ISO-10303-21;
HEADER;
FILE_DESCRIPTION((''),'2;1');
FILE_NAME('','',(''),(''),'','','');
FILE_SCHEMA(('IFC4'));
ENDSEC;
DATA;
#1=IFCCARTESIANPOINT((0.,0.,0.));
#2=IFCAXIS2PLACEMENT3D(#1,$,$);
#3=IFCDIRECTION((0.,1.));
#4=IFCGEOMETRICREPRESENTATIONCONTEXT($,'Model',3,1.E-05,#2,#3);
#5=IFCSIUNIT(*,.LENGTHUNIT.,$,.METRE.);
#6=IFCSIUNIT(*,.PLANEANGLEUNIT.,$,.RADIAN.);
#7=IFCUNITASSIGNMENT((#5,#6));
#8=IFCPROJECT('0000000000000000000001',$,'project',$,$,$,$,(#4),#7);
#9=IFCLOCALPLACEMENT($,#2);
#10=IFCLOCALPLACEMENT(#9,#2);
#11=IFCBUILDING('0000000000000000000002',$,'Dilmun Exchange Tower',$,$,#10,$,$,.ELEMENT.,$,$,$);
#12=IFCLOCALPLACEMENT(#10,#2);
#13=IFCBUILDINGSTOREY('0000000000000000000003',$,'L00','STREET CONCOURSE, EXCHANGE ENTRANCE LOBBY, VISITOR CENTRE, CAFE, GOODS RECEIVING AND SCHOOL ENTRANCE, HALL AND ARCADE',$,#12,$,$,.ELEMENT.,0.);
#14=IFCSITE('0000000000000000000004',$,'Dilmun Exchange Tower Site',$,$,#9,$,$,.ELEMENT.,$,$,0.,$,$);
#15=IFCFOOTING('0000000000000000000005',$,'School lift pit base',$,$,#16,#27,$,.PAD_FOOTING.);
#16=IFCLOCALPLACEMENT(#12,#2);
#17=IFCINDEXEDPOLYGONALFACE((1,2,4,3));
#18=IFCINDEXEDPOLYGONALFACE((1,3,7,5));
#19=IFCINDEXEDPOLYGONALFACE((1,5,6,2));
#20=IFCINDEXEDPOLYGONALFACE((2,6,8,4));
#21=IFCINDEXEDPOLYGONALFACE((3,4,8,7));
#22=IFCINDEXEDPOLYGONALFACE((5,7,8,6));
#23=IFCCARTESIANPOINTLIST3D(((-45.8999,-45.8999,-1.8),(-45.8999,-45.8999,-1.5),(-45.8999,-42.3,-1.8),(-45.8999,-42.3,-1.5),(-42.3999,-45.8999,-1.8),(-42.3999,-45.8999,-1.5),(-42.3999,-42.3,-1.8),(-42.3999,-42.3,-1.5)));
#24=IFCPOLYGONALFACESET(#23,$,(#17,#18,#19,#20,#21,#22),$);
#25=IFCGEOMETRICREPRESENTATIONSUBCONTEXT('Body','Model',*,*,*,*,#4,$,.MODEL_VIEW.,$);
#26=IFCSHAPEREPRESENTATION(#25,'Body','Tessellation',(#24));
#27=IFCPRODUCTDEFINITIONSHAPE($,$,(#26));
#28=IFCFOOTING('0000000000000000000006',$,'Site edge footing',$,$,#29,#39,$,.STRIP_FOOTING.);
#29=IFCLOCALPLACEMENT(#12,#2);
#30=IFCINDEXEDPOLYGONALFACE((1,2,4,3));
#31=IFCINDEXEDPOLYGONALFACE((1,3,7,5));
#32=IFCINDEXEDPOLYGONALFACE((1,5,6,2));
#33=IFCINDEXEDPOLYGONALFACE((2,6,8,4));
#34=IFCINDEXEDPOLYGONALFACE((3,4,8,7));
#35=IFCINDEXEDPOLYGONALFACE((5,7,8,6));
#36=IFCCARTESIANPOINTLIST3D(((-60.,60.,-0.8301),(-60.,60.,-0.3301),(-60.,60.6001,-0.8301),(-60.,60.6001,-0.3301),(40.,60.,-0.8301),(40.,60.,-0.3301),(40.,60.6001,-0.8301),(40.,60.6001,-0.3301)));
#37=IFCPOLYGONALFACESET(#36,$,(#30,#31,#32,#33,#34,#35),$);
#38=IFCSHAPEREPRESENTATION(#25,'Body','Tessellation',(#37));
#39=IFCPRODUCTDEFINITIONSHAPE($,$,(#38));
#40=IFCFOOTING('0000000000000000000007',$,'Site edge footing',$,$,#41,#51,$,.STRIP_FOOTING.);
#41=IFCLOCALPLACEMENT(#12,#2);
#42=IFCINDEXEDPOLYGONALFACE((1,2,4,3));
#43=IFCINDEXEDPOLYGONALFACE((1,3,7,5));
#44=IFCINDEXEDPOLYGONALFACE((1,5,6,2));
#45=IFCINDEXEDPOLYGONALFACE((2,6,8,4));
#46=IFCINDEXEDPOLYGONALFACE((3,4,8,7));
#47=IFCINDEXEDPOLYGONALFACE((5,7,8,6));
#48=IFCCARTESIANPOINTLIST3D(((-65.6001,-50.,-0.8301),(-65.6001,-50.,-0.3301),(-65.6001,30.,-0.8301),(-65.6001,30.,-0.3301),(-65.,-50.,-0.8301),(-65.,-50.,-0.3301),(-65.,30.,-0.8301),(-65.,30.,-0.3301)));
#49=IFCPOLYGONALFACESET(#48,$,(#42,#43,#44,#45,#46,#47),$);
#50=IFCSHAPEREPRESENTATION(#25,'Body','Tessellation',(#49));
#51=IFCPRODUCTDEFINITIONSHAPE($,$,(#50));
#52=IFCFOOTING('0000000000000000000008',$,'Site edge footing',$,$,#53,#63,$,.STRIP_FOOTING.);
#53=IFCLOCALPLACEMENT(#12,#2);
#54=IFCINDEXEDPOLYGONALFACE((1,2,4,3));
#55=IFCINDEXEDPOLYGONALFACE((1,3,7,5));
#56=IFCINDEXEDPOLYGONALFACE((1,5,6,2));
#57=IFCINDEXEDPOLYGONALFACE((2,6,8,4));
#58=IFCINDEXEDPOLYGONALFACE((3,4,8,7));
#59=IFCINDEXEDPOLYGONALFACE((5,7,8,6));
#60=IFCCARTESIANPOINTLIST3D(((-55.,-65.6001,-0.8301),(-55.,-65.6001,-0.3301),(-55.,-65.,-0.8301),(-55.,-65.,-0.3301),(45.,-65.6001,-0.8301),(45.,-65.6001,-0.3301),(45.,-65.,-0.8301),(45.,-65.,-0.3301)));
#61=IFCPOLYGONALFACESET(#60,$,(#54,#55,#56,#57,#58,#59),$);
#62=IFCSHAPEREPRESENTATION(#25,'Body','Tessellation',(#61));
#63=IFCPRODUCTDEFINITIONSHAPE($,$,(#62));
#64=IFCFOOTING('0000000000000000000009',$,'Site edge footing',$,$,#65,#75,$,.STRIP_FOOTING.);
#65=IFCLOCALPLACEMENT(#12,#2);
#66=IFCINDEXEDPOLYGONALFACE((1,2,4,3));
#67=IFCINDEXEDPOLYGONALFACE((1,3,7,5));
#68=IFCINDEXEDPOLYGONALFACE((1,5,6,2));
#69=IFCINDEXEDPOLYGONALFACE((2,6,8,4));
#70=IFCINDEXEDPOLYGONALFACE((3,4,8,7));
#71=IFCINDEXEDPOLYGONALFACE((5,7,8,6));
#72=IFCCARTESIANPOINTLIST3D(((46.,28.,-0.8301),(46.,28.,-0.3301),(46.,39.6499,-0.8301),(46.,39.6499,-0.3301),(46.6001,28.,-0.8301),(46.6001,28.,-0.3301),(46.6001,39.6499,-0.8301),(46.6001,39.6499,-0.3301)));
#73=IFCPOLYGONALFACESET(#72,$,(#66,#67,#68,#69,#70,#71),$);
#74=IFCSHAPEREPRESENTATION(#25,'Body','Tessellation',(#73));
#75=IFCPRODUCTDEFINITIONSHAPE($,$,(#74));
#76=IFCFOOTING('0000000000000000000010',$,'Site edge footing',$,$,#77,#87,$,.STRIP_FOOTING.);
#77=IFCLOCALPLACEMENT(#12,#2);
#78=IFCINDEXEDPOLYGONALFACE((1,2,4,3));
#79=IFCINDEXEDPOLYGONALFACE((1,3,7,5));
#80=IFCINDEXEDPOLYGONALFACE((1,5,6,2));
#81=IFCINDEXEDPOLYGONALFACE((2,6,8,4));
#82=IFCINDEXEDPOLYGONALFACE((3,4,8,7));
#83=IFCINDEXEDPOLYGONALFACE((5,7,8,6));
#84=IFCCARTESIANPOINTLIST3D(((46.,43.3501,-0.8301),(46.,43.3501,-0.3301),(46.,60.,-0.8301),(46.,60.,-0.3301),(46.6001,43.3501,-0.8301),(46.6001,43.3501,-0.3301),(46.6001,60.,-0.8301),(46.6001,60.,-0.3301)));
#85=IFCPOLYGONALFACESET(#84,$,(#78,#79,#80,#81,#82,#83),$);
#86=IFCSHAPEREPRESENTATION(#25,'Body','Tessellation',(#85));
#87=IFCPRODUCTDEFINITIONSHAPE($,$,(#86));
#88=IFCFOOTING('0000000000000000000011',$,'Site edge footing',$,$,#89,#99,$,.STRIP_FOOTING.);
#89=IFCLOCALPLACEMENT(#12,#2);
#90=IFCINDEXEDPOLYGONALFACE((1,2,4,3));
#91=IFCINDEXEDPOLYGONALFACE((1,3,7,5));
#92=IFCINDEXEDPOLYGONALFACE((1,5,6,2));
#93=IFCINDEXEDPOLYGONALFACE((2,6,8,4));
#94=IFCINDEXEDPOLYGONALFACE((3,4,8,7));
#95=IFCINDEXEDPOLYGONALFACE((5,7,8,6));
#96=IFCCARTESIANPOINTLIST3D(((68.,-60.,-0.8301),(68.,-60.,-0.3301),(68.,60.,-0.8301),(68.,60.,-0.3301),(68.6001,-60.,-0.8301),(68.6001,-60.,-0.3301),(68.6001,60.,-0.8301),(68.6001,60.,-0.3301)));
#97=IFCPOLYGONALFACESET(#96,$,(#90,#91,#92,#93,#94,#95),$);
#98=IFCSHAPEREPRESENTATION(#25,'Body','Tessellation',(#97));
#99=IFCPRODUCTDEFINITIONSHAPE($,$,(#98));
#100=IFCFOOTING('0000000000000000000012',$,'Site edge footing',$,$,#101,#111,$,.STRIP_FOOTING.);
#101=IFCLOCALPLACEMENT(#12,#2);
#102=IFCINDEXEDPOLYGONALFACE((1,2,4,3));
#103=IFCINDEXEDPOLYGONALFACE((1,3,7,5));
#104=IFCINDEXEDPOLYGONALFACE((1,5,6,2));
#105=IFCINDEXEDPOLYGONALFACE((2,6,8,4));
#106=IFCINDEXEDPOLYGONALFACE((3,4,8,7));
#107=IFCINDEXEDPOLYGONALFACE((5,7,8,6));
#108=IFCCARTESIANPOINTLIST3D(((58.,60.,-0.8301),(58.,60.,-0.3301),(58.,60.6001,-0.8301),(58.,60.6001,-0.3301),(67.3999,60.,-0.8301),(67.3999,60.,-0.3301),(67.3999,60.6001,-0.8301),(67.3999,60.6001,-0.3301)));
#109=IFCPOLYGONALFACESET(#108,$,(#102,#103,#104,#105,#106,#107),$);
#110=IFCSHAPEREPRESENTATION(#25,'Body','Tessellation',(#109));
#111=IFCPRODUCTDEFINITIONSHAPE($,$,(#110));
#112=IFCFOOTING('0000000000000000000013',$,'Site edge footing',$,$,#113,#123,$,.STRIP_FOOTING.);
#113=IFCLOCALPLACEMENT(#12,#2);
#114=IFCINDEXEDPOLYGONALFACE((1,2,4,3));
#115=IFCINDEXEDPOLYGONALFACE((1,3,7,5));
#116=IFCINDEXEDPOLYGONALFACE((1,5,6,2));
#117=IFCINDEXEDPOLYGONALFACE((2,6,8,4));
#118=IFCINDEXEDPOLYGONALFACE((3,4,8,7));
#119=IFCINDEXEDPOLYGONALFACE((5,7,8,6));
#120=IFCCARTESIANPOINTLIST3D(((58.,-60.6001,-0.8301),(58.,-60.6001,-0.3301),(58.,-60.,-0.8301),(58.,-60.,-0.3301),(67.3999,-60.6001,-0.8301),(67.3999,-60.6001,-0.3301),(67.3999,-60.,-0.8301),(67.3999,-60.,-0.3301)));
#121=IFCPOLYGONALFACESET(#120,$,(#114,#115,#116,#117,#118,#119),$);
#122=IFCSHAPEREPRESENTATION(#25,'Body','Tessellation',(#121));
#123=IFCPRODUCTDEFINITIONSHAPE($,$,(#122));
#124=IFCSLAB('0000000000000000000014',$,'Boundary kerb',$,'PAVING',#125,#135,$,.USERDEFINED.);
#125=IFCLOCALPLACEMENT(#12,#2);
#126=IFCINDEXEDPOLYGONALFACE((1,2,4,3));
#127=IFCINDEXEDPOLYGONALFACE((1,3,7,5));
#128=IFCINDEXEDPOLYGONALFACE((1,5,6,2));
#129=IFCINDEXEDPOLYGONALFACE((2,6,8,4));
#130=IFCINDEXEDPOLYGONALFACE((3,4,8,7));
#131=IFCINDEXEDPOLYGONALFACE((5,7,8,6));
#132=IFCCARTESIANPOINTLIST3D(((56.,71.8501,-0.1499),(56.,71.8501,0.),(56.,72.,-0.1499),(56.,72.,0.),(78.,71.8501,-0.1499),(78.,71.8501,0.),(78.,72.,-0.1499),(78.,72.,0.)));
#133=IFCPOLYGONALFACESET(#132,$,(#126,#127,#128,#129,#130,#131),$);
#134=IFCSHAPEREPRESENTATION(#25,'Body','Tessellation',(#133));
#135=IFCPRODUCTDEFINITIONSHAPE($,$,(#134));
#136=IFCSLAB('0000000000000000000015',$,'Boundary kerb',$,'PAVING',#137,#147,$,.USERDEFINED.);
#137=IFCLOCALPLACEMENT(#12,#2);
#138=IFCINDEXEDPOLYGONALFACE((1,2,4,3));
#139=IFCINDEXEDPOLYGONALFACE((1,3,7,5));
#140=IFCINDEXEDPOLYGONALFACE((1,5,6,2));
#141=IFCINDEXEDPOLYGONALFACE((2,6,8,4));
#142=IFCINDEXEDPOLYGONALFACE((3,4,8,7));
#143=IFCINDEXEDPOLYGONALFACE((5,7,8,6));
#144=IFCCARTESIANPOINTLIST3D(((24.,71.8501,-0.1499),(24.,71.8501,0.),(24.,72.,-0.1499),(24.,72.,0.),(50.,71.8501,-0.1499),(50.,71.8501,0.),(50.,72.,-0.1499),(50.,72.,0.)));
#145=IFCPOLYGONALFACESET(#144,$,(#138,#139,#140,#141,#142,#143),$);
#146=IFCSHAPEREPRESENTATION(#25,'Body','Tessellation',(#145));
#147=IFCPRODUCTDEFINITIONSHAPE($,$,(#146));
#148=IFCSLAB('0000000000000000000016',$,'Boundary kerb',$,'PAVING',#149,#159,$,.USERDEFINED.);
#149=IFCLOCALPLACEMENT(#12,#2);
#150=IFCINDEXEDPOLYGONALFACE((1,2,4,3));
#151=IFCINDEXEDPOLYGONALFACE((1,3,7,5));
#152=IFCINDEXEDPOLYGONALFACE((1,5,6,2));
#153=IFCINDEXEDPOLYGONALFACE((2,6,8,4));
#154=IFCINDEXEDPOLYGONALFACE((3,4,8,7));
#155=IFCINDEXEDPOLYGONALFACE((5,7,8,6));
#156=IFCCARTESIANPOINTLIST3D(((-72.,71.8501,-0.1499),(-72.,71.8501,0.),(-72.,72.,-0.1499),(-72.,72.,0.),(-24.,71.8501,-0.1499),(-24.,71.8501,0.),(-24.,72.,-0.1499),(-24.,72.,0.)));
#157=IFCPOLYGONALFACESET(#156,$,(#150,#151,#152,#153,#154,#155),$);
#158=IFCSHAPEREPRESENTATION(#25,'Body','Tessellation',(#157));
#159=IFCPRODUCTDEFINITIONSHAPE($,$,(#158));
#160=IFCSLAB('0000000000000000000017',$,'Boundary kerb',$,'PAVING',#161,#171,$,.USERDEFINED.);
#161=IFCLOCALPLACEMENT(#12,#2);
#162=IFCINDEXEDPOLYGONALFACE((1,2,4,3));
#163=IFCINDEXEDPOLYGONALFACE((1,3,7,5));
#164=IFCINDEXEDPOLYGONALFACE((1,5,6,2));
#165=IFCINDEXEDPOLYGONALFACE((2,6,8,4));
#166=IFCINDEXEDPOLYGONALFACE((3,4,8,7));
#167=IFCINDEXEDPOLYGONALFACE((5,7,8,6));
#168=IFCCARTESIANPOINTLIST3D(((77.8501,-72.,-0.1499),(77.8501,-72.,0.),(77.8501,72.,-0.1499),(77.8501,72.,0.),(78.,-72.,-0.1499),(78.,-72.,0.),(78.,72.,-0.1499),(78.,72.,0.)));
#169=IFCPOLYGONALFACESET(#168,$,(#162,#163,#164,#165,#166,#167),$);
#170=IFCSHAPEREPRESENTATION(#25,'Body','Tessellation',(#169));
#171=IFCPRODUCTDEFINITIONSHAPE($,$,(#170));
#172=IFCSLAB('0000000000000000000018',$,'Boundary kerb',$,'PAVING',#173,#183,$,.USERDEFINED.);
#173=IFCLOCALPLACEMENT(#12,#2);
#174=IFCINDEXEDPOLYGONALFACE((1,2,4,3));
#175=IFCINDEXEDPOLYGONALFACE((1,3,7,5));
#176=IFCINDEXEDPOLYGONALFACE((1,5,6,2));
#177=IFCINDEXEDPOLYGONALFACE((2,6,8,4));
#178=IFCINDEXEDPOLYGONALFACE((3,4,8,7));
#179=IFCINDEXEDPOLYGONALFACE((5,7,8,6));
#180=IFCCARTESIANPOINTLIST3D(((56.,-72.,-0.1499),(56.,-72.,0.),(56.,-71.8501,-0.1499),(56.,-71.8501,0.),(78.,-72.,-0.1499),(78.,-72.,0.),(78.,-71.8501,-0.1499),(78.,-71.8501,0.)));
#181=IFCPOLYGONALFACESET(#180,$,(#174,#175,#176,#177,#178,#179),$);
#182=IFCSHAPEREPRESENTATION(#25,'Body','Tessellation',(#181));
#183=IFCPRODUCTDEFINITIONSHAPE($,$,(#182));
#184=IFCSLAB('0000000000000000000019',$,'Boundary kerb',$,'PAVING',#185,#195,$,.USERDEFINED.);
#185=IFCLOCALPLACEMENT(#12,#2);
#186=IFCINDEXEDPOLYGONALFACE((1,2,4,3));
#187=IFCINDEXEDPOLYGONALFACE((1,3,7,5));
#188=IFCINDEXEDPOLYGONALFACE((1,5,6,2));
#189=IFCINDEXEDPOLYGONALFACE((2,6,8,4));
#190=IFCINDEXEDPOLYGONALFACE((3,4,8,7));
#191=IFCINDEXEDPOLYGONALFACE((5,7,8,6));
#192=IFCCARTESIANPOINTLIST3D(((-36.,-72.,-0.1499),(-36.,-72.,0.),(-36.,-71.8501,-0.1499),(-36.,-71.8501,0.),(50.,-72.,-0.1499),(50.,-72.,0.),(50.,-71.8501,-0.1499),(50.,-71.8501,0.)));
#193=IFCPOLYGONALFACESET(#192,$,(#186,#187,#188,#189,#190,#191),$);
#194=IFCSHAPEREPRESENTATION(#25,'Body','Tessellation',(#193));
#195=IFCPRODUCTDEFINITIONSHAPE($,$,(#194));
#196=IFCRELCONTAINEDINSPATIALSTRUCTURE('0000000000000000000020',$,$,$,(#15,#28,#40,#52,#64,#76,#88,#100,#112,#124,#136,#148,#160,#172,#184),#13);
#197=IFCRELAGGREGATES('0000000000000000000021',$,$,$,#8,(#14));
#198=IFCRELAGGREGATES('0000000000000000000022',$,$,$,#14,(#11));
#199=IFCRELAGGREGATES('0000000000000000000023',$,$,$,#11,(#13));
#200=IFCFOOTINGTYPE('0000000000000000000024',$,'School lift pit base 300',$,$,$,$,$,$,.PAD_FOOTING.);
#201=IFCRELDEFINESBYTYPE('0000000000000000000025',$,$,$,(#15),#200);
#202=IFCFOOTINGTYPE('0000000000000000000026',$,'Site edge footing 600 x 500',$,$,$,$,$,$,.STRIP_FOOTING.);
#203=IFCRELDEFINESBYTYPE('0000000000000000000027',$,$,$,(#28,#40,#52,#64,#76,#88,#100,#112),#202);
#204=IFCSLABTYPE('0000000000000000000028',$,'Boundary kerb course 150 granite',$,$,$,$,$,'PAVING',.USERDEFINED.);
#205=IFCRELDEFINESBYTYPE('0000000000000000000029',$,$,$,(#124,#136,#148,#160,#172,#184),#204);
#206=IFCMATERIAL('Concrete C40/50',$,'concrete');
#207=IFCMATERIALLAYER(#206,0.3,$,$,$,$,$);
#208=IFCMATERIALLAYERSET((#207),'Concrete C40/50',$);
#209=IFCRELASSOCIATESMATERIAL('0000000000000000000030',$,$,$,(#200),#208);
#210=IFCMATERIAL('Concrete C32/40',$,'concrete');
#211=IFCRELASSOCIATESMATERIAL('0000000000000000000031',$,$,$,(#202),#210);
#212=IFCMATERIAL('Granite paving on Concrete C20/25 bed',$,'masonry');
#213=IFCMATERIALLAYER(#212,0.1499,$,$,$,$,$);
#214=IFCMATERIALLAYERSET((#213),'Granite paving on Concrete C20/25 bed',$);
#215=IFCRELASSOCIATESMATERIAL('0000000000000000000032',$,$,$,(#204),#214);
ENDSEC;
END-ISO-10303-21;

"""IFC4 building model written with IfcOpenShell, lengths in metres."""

from ifc_helpers import new_model, si_unit, direction, frame, origin, place, context, subcontext, project, spatial, polyline, outline, extrude, material, layer, layer_set, type_object, element, save


model = new_model("IFC4")

# Units and contexts
model_context = context("Model", 3, precision=1e-05, world=origin(), true_north=direction((0.0, 1.0)))
body_context = subcontext(model_context, "Body", "Model", "MODEL_VIEW")
ifc_project = project(units=[si_unit("LENGTHUNIT", "METRE"), si_unit("PLANEANGLEUNIT", "RADIAN")], contexts=[model_context])

# Site, building, storey
site_placement = place(None, origin())
site = spatial("IfcSite", under=ifc_project, at=site_placement, Name="Dilmun Exchange Tower Site", CompositionType="ELEMENT", RefElevation=0.0)
building_placement = place(site_placement, origin())
building = spatial("IfcBuilding", under=site, at=building_placement, Name="Dilmun Exchange Tower", CompositionType="ELEMENT")
storey_placement = place(building_placement, origin())
storey = spatial("IfcBuildingStorey", under=building, at=storey_placement, Name="L00", Description="STREET CONCOURSE, EXCHANGE ENTRANCE LOBBY, VISITOR CENTRE, CAFE, GOODS RECEIVING AND SCHOOL ENTRANCE, HALL AND ARCADE", CompositionType="ELEMENT", Elevation=0.0)

# Footings
ifc_material_1 = material(Name="Concrete C40/50", Category="concrete")
ifc_layer_1 = layer(ifc_material_1, 0.3)
ifc_layer_set_1 = layer_set([ifc_layer_1], Name="Concrete C40/50")
footing_type_1 = type_object("IfcFootingType", Name="School lift pit base 300", PredefinedType="PAD_FOOTING", material=ifc_layer_set_1)
footing_1_placement = place(storey_placement, frame((0.0, 0.0, -1.8)))
element("IfcFooting", 1, at=footing_1_placement, inside=storey, type_object=footing_type_1, Name="School lift pit base", PredefinedType="PAD_FOOTING", context=body_context, shape_type="SweptSolid", body=[
    extrude(outline(polyline([(-45.8999, -45.8999), (-45.8999, -42.3), (-42.3999, -42.3), (-42.3999, -45.8999), (-45.8999, -45.8999)])), origin(), (0.0, 0.0, 1.0), 0.3),
])
ifc_material_2 = material(Name="Concrete C32/40", Category="concrete")
footing_type_2 = type_object("IfcFootingType", Name="Site edge footing 600 x 500", PredefinedType="STRIP_FOOTING", material=ifc_material_2)
footing_2_placement = place(storey_placement, frame((0.0, 0.0, -0.8301)))
element("IfcFooting", 2, at=footing_2_placement, inside=storey, type_object=footing_type_2, Name="Site edge footing", PredefinedType="STRIP_FOOTING", context=body_context, shape_type="SweptSolid", body=[
    extrude(outline(polyline([(40.0, 60.6001), (40.0, 60.0), (-60.0, 60.0), (-60.0, 60.6001), (40.0, 60.6001)])), origin(), (0.0, 0.0, 1.0), 0.5),
])
footing_3_placement = place(storey_placement, frame((0.0, 0.0, -0.8301)))
element("IfcFooting", 3, at=footing_3_placement, inside=storey, type_object=footing_type_2, Name="Site edge footing", PredefinedType="STRIP_FOOTING", context=body_context, shape_type="SweptSolid", body=[
    extrude(outline(polyline([(-65.0, 30.0), (-65.0, -50.0), (-65.6001, -50.0), (-65.6001, 30.0), (-65.0, 30.0)])), origin(), (0.0, 0.0, 1.0), 0.5),
])
footing_4_placement = place(storey_placement, frame((0.0, 0.0, -0.8301)))
element("IfcFooting", 4, at=footing_4_placement, inside=storey, type_object=footing_type_2, Name="Site edge footing", PredefinedType="STRIP_FOOTING", context=body_context, shape_type="SweptSolid", body=[
    extrude(outline(polyline([(45.0, -65.0), (45.0, -65.6001), (-55.0, -65.6001), (-55.0, -65.0), (45.0, -65.0)])), origin(), (0.0, 0.0, 1.0), 0.5),
])
footing_5_placement = place(storey_placement, frame((0.0, 0.0, -0.8301)))
element("IfcFooting", 5, at=footing_5_placement, inside=storey, type_object=footing_type_2, Name="Site edge footing", PredefinedType="STRIP_FOOTING", context=body_context, shape_type="SweptSolid", body=[
    extrude(outline(polyline([(46.0, 39.6499), (46.6001, 39.6499), (46.6001, 28.0), (46.0, 28.0), (46.0, 39.6499)])), origin(), (0.0, 0.0, 1.0), 0.5),
])
footing_6_placement = place(storey_placement, frame((0.0, 0.0, -0.8301)))
element("IfcFooting", 6, at=footing_6_placement, inside=storey, type_object=footing_type_2, Name="Site edge footing", PredefinedType="STRIP_FOOTING", context=body_context, shape_type="SweptSolid", body=[
    extrude(outline(polyline([(46.6001, 43.3501), (46.0, 43.3501), (46.0, 60.0), (46.6001, 60.0), (46.6001, 43.3501)])), origin(), (0.0, 0.0, 1.0), 0.5),
])
footing_7_placement = place(storey_placement, frame((0.0, 0.0, -0.8301)))
element("IfcFooting", 7, at=footing_7_placement, inside=storey, type_object=footing_type_2, Name="Site edge footing", PredefinedType="STRIP_FOOTING", context=body_context, shape_type="SweptSolid", body=[
    extrude(outline(polyline([(68.6001, 60.0), (68.6001, -60.0), (68.0, -60.0), (68.0, 60.0), (68.6001, 60.0)])), origin(), (0.0, 0.0, 1.0), 0.5),
])
footing_8_placement = place(storey_placement, frame((0.0, 0.0, -0.8301)))
element("IfcFooting", 8, at=footing_8_placement, inside=storey, type_object=footing_type_2, Name="Site edge footing", PredefinedType="STRIP_FOOTING", context=body_context, shape_type="SweptSolid", body=[
    extrude(outline(polyline([(67.3999, 60.6001), (67.3999, 60.0), (58.0, 60.0), (58.0, 60.6001), (67.3999, 60.6001)])), origin(), (0.0, 0.0, 1.0), 0.5),
])
footing_9_placement = place(storey_placement, frame((0.0, 0.0, -0.8301)))
element("IfcFooting", 9, at=footing_9_placement, inside=storey, type_object=footing_type_2, Name="Site edge footing", PredefinedType="STRIP_FOOTING", context=body_context, shape_type="SweptSolid", body=[
    extrude(outline(polyline([(67.3999, -60.0), (67.3999, -60.6001), (58.0, -60.6001), (58.0, -60.0), (67.3999, -60.0)])), origin(), (0.0, 0.0, 1.0), 0.5),
])

# Slabs
ifc_material_3 = material(Name="Granite paving on Concrete C20/25 bed", Category="masonry")
ifc_layer_2 = layer(ifc_material_3, 0.1499)
ifc_layer_set_2 = layer_set([ifc_layer_2], Name="Granite paving on Concrete C20/25 bed")
slab_type_1 = type_object("IfcSlabType", Name="Boundary kerb course 150 granite", ElementType="PAVING", PredefinedType="USERDEFINED", material=ifc_layer_set_2)
slab_1_placement = place(storey_placement, frame((0.0, 0.0, -0.1499)))
element("IfcSlab", 10, at=slab_1_placement, inside=storey, type_object=slab_type_1, Name="Boundary kerb", ObjectType="PAVING", PredefinedType="USERDEFINED", context=body_context, shape_type="SweptSolid", body=[
    extrude(outline(polyline([(56.0, 71.8501), (56.0, 72.0), (78.0, 72.0), (78.0, 71.8501), (56.0, 71.8501)])), origin(), (0.0, 0.0, 1.0), 0.1499),
])
slab_2_placement = place(storey_placement, frame((0.0, 0.0, -0.1499)))
element("IfcSlab", 11, at=slab_2_placement, inside=storey, type_object=slab_type_1, Name="Boundary kerb", ObjectType="PAVING", PredefinedType="USERDEFINED", context=body_context, shape_type="SweptSolid", body=[
    extrude(outline(polyline([(24.0, 72.0), (50.0, 72.0), (50.0, 71.8501), (24.0, 71.8501), (24.0, 72.0)])), origin(), (0.0, 0.0, 1.0), 0.1499),
])
slab_3_placement = place(storey_placement, frame((0.0, 0.0, -0.1499)))
element("IfcSlab", 12, at=slab_3_placement, inside=storey, type_object=slab_type_1, Name="Boundary kerb", ObjectType="PAVING", PredefinedType="USERDEFINED", context=body_context, shape_type="SweptSolid", body=[
    extrude(outline(polyline([(-24.0, 72.0), (-24.0, 71.8501), (-72.0, 71.8501), (-72.0, 72.0), (-24.0, 72.0)])), origin(), (0.0, 0.0, 1.0), 0.1499),
])
slab_4_placement = place(storey_placement, frame((0.0, 0.0, -0.1499)))
element("IfcSlab", 13, at=slab_4_placement, inside=storey, type_object=slab_type_1, Name="Boundary kerb", ObjectType="PAVING", PredefinedType="USERDEFINED", context=body_context, shape_type="SweptSolid", body=[
    extrude(outline(polyline([(78.0, 72.0), (78.0, -72.0), (77.8501, -72.0), (77.8501, 72.0), (78.0, 72.0)])), origin(), (0.0, 0.0, 1.0), 0.1499),
])
slab_5_placement = place(storey_placement, frame((0.0, 0.0, -0.1499)))
element("IfcSlab", 14, at=slab_5_placement, inside=storey, type_object=slab_type_1, Name="Boundary kerb", ObjectType="PAVING", PredefinedType="USERDEFINED", context=body_context, shape_type="SweptSolid", body=[
    extrude(outline(polyline([(56.0, -72.0), (56.0, -71.8501), (78.0, -71.8501), (78.0, -72.0), (56.0, -72.0)])), origin(), (0.0, 0.0, 1.0), 0.1499),
])
slab_6_placement = place(storey_placement, frame((0.0, 0.0, -0.1499)))
element("IfcSlab", 15, at=slab_6_placement, inside=storey, type_object=slab_type_1, Name="Boundary kerb", ObjectType="PAVING", PredefinedType="USERDEFINED", context=body_context, shape_type="SweptSolid", body=[
    extrude(outline(polyline([(-36.0, -71.8501), (50.0, -71.8501), (50.0, -72.0), (-36.0, -72.0), (-36.0, -71.8501)])), origin(), (0.0, 0.0, 1.0), 0.1499),
])

save(model, "model.ifc")
